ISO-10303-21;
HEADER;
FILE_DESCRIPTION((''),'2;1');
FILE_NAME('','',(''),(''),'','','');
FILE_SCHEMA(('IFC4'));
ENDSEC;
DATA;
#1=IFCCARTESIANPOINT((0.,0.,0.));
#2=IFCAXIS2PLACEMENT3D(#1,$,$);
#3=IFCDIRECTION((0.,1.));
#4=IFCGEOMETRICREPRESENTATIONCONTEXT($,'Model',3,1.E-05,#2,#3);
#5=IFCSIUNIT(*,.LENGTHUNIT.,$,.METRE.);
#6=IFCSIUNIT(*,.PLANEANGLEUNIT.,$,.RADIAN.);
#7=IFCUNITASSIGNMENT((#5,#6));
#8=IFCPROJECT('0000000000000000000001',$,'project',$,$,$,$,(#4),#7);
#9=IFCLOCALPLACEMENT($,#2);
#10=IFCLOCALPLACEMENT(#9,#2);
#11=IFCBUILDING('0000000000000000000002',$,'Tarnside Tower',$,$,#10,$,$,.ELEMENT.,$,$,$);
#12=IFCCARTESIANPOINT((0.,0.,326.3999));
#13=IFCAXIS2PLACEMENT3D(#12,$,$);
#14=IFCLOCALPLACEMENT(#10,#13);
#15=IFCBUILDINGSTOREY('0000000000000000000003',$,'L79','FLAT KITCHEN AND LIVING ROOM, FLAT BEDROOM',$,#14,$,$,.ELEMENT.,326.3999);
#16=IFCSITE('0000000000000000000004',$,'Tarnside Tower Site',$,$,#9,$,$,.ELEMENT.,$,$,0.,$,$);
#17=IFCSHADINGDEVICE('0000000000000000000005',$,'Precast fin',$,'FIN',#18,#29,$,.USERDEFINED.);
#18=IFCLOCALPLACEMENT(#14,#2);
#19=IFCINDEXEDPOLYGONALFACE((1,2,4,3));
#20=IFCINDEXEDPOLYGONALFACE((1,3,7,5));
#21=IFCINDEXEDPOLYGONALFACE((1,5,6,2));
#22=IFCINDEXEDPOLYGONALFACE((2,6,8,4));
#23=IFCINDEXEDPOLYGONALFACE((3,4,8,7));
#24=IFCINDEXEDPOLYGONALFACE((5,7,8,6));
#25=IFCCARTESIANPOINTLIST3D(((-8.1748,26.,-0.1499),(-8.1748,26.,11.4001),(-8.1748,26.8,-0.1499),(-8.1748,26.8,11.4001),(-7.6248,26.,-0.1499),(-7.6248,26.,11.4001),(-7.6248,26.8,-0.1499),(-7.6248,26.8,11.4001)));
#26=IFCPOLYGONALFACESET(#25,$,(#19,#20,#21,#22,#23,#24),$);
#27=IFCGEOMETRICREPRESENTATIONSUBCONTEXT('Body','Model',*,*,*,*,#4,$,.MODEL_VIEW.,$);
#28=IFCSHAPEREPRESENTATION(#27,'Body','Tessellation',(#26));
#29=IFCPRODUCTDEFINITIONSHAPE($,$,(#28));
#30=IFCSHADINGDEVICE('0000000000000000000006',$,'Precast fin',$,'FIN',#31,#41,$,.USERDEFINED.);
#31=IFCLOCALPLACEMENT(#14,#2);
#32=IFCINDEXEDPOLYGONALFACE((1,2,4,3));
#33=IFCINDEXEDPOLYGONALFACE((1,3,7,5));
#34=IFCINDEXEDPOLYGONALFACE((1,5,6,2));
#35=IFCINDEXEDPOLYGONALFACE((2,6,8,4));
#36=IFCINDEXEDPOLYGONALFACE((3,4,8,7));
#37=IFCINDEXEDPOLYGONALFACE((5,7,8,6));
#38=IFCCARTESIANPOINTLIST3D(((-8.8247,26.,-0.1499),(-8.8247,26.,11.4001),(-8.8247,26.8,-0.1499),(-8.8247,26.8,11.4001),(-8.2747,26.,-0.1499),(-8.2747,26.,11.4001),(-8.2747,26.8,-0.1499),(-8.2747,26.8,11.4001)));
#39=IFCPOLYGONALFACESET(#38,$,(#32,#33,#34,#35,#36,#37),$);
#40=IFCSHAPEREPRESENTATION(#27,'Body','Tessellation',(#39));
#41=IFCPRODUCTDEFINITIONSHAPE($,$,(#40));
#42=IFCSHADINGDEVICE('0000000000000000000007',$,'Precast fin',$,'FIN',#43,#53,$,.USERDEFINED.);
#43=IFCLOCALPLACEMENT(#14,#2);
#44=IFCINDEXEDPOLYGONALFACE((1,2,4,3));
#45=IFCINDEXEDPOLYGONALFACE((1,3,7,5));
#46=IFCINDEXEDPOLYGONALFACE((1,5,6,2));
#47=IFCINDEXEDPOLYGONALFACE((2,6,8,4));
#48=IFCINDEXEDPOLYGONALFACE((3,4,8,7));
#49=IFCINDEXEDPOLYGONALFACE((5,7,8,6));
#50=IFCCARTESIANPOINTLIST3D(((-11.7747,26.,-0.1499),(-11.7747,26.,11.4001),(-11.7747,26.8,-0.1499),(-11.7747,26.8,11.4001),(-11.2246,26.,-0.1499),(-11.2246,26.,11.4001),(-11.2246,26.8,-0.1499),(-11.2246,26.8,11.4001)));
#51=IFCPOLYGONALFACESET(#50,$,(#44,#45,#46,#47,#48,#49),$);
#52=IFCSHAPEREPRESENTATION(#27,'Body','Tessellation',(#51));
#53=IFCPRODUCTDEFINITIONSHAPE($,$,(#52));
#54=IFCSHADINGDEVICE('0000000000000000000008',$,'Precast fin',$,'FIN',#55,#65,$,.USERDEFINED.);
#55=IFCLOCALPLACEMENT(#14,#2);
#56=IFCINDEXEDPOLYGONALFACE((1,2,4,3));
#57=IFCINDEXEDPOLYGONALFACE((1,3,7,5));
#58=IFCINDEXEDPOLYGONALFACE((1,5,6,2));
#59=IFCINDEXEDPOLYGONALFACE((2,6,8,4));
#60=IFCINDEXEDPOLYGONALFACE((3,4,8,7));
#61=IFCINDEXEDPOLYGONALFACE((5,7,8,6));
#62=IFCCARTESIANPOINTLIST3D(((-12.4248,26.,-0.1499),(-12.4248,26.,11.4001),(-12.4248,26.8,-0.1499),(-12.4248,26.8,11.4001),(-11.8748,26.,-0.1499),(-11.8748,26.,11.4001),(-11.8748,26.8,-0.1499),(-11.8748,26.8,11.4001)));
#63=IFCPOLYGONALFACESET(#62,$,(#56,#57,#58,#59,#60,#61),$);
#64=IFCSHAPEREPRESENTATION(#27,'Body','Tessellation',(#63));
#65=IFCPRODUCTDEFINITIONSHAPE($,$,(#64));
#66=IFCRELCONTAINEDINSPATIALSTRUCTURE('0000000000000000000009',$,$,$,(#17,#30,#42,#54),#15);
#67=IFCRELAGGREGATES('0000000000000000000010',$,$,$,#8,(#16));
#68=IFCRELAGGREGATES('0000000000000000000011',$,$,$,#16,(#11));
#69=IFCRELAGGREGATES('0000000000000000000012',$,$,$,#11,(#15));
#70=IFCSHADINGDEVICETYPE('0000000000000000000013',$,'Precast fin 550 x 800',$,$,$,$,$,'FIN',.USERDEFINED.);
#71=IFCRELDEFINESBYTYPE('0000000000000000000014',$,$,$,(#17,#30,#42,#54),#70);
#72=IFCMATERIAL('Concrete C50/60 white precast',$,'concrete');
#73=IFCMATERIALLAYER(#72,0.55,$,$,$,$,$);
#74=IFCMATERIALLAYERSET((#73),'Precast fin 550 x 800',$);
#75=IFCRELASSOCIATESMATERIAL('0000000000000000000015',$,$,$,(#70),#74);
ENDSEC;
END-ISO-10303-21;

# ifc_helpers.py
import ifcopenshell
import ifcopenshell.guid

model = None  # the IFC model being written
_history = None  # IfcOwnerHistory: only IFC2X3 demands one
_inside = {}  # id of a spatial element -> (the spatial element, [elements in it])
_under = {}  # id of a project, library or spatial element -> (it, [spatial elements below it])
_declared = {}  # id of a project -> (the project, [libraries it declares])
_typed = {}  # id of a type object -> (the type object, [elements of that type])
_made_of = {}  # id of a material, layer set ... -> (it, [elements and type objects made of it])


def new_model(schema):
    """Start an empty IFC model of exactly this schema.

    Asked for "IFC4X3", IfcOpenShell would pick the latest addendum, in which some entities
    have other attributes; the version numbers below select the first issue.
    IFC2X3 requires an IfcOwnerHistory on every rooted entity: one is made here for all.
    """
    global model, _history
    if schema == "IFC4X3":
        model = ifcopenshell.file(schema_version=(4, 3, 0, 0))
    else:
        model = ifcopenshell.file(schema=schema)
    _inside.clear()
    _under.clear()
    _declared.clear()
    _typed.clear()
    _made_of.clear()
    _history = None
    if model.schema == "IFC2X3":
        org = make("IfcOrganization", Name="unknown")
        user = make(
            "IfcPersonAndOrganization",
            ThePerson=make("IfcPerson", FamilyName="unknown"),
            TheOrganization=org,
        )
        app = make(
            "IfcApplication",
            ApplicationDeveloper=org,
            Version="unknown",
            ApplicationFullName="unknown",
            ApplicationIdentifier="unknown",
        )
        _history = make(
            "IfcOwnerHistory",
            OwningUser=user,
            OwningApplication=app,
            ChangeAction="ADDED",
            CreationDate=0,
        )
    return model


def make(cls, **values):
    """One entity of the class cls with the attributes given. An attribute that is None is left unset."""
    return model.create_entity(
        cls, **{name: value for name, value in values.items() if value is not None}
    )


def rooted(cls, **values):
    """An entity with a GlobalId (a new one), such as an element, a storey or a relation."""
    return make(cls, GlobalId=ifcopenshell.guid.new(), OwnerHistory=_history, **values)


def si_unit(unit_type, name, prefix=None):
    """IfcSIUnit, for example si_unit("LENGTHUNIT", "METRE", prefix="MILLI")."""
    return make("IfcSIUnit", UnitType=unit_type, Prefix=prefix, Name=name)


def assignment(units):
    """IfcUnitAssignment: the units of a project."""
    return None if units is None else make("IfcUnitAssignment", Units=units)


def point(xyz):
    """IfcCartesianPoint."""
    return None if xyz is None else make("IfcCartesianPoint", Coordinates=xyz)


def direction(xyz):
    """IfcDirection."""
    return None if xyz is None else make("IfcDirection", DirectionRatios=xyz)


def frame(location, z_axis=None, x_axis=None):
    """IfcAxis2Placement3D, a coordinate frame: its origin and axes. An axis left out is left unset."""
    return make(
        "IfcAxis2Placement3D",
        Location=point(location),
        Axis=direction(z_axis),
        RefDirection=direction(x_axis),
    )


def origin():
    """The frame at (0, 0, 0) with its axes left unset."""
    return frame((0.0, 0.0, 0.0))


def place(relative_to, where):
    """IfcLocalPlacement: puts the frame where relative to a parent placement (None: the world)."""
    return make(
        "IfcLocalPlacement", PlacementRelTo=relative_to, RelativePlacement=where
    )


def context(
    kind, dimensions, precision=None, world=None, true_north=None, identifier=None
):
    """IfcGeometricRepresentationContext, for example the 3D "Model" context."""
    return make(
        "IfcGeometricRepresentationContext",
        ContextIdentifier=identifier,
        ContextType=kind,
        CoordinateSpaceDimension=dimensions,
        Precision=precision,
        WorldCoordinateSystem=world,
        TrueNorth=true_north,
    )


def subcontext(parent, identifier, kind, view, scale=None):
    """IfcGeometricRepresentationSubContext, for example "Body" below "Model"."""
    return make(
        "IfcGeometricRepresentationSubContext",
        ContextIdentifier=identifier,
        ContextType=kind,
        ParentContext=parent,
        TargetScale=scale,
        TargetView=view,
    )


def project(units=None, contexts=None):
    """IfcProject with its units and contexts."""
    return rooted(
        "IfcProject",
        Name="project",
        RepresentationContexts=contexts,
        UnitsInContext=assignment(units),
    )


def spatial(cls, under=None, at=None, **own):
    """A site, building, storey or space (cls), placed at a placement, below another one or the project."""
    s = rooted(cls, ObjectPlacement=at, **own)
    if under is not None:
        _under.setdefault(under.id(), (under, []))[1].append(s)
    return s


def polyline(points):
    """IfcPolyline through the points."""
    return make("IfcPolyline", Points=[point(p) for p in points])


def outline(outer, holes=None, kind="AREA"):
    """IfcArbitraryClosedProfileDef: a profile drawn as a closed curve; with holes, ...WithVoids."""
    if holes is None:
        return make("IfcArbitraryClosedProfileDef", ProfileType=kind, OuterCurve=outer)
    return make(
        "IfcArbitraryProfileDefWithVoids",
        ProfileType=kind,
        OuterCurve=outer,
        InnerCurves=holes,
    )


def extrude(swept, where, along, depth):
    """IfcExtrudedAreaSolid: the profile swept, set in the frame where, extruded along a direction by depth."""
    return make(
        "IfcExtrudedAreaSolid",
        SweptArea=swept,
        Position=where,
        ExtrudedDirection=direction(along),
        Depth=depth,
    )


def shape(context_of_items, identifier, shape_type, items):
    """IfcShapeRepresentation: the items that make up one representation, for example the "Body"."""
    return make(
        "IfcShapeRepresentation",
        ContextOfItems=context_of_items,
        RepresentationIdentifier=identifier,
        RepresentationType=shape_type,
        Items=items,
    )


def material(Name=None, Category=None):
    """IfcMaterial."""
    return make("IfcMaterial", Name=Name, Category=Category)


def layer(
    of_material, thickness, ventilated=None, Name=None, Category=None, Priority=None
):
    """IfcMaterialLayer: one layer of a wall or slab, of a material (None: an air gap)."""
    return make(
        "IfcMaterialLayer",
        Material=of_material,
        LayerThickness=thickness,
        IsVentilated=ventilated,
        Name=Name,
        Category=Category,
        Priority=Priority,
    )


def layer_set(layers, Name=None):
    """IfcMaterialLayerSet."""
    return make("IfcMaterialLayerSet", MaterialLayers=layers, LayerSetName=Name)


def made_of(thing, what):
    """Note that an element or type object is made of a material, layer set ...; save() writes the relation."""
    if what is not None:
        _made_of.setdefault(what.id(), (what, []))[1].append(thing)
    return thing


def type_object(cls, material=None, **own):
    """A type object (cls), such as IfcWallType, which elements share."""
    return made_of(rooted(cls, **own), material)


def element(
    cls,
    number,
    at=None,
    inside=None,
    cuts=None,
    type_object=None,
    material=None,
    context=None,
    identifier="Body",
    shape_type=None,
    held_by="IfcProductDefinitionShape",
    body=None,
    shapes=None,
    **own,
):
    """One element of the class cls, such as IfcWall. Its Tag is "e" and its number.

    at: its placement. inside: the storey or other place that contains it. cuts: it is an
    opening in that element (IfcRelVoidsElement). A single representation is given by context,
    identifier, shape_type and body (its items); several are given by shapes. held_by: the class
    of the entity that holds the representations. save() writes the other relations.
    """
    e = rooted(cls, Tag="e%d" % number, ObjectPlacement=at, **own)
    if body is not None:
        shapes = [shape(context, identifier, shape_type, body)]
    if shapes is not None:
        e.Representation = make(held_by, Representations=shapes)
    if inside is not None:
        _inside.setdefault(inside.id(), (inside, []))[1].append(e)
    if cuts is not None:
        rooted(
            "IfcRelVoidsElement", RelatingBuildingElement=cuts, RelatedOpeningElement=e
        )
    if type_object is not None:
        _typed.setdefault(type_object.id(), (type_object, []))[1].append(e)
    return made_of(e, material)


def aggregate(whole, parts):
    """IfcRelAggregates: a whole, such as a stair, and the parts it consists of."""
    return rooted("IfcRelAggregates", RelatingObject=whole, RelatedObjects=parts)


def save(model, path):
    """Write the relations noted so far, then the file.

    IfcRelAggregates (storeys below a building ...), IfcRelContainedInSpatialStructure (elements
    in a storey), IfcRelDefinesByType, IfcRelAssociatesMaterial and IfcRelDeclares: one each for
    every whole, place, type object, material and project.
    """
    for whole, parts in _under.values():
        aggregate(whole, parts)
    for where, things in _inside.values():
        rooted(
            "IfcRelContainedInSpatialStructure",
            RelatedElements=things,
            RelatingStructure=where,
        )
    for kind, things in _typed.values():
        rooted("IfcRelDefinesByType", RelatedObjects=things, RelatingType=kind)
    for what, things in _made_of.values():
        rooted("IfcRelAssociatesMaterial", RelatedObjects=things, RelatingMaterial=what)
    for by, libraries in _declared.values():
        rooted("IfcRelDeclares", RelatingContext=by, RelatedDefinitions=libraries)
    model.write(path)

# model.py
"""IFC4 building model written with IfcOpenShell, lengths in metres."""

from ifc_helpers import new_model, si_unit, direction, frame, origin, place, context, subcontext, project, spatial, polyline, outline, extrude, material, layer, layer_set, type_object, element, save


model = new_model("IFC4")

# Units and contexts
model_context = context("Model", 3, precision=1e-05, world=origin(), true_north=direction((0.0, 1.0)))
body_context = subcontext(model_context, "Body", "Model", "MODEL_VIEW")
ifc_project = project(units=[si_unit("LENGTHUNIT", "METRE"), si_unit("PLANEANGLEUNIT", "RADIAN")], contexts=[model_context])

# Site, building, storey
site_placement = place(None, origin())
site = spatial("IfcSite", under=ifc_project, at=site_placement, Name="Tarnside Tower Site", CompositionType="ELEMENT", RefElevation=0.0)
building_placement = place(site_placement, origin())
building = spatial("IfcBuilding", under=site, at=building_placement, Name="Tarnside Tower", CompositionType="ELEMENT")
storey_placement = place(building_placement, frame((0.0, 0.0, 326.3999)))
storey = spatial("IfcBuildingStorey", under=building, at=storey_placement, Name="L79", Description="FLAT KITCHEN AND LIVING ROOM, FLAT BEDROOM", CompositionType="ELEMENT", Elevation=326.3999)

# Shading devices
ifc_material_1 = material(Name="Concrete C50/60 white precast", Category="concrete")
ifc_layer_1 = layer(ifc_material_1, 0.55)
ifc_layer_set_1 = layer_set([ifc_layer_1], Name="Precast fin 550 x 800")
shading_device_type = type_object("IfcShadingDeviceType", Name="Precast fin 550 x 800", ElementType="FIN", PredefinedType="USERDEFINED", material=ifc_layer_set_1)
for number, where, z_axis, x_axis, name in (
    (1, (-7.8999, 26.0, -0.1499), (1.0, 0.0, 0.0), (0.0, 1.0, 0.0), "Precast fin"),
    (2, (-8.5498, 26.0, -0.1499), (1.0, 0.0, 0.0), (0.0, 1.0, 0.0), "Precast fin"),
    (3, (-11.4998, 26.0, -0.1499), (1.0, 0.0, 0.0), (0.0, 1.0, 0.0), "Precast fin"),
    (4, (-12.1499, 26.0, -0.1499), (1.0, 0.0, 0.0), (0.0, 1.0, 0.0), "Precast fin"),
):
    element("IfcShadingDevice", number, at=place(storey_placement, frame(where, z_axis=z_axis, x_axis=x_axis)), inside=storey, type_object=shading_device_type, Name=name, ObjectType="FIN", PredefinedType="USERDEFINED", context=body_context, shape_type="SweptSolid", body=[
        extrude(outline(polyline([(0.0, 0.0), (0.8, 0.0), (0.8, 11.55), (0.0, 11.55), (0.0, 0.0)])), frame((0.0, 0.0, -0.2749)), (0.0, 0.0, 1.0), 0.55),
    ])

save(model, "model.ifc")
